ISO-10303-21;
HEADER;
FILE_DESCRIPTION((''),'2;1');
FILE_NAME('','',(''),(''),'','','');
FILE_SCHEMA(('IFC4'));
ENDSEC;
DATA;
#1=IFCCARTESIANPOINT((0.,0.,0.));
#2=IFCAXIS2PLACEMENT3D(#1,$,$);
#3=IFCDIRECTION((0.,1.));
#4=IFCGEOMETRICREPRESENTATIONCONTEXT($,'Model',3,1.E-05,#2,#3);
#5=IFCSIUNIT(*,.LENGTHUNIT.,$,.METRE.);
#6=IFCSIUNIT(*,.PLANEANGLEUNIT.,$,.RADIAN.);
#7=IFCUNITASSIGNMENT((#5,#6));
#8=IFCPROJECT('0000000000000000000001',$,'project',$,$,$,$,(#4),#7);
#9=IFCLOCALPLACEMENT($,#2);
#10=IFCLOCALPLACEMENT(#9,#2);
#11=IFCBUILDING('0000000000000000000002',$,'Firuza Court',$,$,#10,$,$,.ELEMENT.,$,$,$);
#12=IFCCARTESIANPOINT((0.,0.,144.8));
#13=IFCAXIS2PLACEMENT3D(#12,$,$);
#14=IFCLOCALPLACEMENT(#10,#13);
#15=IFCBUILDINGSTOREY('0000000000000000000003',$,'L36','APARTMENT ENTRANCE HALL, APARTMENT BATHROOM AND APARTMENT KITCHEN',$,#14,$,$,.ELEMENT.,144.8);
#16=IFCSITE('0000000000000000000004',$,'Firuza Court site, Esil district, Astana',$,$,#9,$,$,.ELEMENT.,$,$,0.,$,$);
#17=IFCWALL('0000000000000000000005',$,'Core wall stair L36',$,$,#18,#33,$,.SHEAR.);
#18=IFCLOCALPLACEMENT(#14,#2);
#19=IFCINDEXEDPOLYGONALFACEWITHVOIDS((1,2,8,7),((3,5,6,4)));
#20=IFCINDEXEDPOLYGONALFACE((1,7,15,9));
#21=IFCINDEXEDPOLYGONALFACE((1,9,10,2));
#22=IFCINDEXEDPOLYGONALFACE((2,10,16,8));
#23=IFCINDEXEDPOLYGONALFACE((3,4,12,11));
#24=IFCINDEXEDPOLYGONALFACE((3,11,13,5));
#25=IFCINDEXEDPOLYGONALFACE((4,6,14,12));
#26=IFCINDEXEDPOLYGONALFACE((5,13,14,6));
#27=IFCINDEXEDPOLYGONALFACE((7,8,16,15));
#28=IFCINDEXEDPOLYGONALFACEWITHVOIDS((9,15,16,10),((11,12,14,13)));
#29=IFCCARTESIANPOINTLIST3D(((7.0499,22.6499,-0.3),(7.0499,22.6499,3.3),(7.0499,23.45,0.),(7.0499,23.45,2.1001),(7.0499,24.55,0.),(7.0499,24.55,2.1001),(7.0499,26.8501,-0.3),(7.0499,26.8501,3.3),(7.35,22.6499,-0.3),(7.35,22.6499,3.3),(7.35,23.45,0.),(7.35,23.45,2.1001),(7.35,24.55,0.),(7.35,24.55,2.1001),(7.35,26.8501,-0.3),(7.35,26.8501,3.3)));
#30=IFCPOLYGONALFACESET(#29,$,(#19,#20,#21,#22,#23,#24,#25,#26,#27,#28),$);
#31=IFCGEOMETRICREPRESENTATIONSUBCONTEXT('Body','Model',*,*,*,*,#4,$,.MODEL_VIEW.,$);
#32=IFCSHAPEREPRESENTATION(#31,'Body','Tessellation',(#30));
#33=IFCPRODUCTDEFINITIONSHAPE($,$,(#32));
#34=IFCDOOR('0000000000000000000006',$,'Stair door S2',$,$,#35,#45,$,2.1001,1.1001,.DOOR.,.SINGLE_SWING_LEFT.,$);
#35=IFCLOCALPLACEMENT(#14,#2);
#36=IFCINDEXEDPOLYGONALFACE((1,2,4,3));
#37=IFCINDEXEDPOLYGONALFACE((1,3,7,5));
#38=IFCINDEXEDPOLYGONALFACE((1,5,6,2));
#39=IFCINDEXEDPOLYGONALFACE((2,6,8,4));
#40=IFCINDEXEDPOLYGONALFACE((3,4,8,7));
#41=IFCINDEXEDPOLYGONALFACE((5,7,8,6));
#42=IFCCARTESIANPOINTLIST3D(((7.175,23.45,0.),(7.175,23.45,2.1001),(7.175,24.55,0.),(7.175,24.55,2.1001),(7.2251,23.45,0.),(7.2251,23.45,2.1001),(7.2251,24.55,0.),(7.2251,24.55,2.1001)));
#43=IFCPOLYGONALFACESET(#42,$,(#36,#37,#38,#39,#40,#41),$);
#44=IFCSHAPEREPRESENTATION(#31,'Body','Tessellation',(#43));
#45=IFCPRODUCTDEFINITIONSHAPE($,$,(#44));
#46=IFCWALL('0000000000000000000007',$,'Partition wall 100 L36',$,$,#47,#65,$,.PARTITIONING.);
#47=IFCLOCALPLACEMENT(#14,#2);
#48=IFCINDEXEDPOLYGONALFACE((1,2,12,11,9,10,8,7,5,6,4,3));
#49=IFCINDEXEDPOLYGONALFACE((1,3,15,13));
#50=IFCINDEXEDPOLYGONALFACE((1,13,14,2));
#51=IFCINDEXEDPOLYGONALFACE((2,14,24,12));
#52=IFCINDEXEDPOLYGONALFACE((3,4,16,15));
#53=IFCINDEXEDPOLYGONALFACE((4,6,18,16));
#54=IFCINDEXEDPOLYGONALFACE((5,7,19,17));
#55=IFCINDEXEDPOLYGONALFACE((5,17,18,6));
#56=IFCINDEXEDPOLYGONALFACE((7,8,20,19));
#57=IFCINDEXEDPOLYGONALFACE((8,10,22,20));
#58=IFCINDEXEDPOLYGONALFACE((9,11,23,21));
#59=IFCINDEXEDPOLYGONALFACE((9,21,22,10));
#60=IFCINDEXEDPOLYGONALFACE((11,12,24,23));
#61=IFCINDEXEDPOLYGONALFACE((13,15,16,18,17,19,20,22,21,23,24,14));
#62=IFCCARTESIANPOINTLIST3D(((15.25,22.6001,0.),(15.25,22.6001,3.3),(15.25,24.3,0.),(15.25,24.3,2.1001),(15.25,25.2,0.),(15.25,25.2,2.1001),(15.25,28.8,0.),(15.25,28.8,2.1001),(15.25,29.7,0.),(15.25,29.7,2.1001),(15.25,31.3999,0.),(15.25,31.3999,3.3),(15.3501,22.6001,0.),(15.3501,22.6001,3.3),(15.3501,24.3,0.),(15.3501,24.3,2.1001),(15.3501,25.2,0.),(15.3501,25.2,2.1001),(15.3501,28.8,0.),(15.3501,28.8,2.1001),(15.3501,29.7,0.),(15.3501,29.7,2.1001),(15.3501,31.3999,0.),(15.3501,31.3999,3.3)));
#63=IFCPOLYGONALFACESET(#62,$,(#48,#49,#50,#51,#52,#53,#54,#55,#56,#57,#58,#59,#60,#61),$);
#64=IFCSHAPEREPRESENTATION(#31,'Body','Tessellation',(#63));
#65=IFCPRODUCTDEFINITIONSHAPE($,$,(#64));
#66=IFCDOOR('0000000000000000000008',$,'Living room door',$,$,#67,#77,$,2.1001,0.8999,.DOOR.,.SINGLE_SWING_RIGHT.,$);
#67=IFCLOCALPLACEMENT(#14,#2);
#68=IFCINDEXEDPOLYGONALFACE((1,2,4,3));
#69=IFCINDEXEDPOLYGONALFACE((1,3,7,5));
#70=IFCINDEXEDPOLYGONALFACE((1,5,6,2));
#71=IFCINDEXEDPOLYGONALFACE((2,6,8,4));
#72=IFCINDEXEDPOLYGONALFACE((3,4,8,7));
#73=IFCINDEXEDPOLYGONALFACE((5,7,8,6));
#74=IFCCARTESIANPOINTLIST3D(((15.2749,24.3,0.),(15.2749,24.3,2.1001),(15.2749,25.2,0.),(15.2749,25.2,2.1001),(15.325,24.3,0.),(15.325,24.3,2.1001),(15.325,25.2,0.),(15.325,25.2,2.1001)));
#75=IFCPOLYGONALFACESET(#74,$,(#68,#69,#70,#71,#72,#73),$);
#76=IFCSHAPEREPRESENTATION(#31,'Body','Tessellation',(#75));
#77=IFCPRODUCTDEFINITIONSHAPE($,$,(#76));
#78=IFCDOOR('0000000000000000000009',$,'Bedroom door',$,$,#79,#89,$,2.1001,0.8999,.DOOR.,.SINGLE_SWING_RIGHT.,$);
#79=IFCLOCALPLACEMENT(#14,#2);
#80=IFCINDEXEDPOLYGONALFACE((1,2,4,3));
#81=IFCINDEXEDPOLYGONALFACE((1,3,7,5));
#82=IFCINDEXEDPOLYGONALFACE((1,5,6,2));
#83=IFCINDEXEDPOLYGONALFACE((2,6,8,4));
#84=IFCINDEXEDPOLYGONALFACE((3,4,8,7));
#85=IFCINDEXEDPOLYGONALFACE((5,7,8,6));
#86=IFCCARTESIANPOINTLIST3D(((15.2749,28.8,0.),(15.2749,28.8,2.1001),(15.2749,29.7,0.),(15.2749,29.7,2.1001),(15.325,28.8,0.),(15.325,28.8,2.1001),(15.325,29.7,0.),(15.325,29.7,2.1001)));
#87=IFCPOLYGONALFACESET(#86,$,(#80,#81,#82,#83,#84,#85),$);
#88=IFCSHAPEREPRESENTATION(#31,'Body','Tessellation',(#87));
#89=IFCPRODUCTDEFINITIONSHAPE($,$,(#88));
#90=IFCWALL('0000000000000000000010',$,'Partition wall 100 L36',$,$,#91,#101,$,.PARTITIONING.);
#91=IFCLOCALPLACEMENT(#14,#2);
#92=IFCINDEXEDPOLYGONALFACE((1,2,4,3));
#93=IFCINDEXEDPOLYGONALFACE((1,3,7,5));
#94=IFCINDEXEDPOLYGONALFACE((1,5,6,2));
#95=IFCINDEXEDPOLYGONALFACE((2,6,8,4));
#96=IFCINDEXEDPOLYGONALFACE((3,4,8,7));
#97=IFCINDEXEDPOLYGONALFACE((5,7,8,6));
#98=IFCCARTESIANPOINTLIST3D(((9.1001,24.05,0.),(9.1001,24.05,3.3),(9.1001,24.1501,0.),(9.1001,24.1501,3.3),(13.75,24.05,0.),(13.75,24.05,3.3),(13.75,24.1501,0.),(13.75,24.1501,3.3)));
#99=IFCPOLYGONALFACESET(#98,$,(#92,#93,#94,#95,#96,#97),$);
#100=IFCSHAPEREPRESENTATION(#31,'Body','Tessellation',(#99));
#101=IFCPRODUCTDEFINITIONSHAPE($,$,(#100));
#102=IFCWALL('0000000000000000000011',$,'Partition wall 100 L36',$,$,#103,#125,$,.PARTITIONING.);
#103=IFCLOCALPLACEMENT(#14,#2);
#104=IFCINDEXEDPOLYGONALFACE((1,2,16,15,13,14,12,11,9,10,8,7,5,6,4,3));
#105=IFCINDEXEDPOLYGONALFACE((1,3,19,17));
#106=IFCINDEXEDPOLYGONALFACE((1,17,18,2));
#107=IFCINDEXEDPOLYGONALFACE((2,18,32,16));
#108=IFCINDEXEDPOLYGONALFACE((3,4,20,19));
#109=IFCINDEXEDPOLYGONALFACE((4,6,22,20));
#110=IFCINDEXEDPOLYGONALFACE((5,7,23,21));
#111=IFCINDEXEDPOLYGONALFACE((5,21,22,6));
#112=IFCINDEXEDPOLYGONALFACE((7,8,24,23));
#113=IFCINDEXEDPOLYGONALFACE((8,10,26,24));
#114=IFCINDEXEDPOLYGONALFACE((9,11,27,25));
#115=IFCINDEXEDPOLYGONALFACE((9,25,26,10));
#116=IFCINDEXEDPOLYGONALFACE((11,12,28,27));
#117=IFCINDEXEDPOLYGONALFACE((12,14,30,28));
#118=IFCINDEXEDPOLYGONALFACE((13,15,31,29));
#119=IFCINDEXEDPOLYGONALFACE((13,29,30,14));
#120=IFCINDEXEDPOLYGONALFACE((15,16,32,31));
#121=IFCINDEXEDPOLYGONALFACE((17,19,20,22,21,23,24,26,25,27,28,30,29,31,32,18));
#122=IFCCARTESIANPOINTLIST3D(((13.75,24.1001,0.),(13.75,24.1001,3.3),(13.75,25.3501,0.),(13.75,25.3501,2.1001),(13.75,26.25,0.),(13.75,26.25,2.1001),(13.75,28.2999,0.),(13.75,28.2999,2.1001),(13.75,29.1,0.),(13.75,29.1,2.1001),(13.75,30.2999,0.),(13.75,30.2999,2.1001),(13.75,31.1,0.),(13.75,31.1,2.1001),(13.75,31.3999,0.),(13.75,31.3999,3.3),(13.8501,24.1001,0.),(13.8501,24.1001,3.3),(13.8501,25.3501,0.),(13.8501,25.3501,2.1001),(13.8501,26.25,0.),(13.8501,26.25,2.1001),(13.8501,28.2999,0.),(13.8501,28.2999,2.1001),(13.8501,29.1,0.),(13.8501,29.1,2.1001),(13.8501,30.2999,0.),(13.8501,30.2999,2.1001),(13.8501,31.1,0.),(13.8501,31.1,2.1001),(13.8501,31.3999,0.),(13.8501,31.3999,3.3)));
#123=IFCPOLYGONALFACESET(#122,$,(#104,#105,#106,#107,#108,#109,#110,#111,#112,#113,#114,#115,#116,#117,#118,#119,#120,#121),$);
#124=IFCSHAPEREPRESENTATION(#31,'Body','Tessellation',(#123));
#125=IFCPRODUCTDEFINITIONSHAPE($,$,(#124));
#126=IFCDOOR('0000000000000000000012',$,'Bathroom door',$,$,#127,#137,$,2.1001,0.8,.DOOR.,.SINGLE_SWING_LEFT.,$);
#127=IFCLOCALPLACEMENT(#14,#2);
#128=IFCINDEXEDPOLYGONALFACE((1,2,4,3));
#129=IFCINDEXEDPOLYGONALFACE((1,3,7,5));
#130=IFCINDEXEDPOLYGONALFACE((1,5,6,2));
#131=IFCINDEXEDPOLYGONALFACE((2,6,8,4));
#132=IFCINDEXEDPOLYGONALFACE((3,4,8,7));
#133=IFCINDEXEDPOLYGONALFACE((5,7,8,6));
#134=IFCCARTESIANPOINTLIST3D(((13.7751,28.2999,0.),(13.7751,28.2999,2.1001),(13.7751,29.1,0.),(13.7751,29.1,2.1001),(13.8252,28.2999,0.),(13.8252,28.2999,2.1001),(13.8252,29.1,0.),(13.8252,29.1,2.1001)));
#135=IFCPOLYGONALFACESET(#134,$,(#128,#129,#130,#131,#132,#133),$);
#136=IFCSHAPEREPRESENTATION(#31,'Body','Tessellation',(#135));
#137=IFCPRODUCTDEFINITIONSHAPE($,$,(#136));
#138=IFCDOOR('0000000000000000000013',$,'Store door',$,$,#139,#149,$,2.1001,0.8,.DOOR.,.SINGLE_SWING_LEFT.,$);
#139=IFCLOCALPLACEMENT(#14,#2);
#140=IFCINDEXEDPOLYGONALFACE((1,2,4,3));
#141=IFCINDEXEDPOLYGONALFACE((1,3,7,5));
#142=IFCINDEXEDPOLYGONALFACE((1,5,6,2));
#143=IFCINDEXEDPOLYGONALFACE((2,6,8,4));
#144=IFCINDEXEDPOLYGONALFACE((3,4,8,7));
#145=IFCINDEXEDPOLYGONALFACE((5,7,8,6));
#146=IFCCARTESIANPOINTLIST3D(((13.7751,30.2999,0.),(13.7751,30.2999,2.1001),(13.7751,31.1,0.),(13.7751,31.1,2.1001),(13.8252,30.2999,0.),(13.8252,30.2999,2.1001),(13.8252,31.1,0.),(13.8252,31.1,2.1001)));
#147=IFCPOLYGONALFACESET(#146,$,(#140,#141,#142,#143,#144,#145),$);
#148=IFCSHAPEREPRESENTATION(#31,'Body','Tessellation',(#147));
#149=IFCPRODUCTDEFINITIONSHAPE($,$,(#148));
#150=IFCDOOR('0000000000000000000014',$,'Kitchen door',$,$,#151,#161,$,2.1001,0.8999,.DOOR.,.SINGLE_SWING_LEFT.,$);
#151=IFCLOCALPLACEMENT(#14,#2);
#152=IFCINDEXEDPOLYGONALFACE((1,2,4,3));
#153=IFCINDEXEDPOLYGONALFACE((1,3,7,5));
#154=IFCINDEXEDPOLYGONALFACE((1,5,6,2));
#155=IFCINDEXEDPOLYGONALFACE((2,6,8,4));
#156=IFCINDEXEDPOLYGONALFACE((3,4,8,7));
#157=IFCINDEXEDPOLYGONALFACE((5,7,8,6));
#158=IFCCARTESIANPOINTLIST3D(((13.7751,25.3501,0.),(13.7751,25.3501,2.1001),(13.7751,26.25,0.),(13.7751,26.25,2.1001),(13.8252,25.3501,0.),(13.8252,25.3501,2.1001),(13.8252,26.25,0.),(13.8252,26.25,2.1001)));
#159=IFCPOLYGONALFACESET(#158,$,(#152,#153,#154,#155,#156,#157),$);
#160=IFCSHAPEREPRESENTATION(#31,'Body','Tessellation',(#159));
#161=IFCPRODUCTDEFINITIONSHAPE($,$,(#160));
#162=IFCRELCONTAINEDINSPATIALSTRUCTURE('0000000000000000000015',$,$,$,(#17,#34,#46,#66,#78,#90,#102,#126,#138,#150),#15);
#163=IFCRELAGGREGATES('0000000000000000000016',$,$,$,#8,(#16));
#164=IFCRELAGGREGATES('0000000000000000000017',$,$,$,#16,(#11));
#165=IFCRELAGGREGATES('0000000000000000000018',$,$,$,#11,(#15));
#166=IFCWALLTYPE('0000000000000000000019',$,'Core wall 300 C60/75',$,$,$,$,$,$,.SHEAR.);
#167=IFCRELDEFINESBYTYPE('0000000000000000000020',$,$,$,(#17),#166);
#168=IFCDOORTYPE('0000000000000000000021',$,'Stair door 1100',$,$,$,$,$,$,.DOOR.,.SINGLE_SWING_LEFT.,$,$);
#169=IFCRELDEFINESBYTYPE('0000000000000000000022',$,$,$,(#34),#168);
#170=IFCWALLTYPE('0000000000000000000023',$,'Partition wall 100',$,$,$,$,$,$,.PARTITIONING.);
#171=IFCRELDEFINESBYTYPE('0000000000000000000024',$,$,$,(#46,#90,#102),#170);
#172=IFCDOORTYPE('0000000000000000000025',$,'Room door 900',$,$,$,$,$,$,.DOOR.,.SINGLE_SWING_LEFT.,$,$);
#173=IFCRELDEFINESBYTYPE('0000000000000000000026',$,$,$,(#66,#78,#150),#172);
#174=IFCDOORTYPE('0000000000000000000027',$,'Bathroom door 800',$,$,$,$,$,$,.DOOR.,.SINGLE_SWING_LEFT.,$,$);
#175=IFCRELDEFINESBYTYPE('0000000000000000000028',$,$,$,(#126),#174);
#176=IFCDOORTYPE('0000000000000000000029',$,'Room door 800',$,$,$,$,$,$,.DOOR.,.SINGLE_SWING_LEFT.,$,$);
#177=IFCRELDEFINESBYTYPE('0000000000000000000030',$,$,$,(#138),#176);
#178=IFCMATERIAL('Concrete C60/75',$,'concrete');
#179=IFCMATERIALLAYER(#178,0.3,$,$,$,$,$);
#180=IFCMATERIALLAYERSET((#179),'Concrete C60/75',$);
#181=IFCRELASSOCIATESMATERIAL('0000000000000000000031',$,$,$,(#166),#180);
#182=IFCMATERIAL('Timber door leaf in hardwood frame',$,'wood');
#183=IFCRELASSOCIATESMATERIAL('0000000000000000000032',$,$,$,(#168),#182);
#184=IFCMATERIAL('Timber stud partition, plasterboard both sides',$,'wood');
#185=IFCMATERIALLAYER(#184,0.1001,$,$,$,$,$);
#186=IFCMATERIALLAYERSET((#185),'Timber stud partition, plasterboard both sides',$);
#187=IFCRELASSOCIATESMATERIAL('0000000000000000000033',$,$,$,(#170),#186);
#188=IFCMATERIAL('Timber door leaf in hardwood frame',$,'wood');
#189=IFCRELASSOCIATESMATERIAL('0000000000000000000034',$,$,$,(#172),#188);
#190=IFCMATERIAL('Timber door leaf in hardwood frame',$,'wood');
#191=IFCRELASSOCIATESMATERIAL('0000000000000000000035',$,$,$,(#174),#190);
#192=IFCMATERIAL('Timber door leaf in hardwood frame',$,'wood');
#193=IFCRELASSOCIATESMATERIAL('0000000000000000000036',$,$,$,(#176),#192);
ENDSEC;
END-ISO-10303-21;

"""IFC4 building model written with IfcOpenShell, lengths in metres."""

from ifc_helpers import new_model, si_unit, direction, frame, frame_2d, origin, place, context, subcontext, project, spatial, rectangle, extrude, material, layer, layer_set, type_object, element, fill, save


model = new_model("IFC4")

# Units and contexts
model_context = context("Model", 3, precision=1e-05, world=origin(), true_north=direction((0.0, 1.0)))
body_context = subcontext(model_context, "Body", "Model", "MODEL_VIEW")
ifc_project = project(units=[si_unit("LENGTHUNIT", "METRE"), si_unit("PLANEANGLEUNIT", "RADIAN")], contexts=[model_context])

# Site, building, storey
site_placement = place(None, origin())
site = spatial("IfcSite", under=ifc_project, at=site_placement, Name="Firuza Court site, Esil district, Astana", CompositionType="ELEMENT", RefElevation=0.0)
building_placement = place(site_placement, origin())
building = spatial("IfcBuilding", under=site, at=building_placement, Name="Firuza Court", CompositionType="ELEMENT")
storey_placement = place(building_placement, frame((0.0, 0.0, 144.8)))
storey = spatial("IfcBuildingStorey", under=building, at=storey_placement, Name="L36", Description="APARTMENT ENTRANCE HALL, APARTMENT BATHROOM AND APARTMENT KITCHEN", CompositionType="ELEMENT", Elevation=144.8)

# Wall, opening, door
ifc_material_1 = material(Name="Concrete C60/75", Category="concrete")
ifc_layer_1 = layer(ifc_material_1, 0.3)
ifc_layer_set_1 = layer_set([ifc_layer_1], Name="Concrete C60/75")
wall_type_1 = type_object("IfcWallType", Name="Core wall 300 C60/75", PredefinedType="SHEAR", material=ifc_layer_set_1)
wall_1_placement = place(storey_placement, frame((7.2, 22.6499, -0.3), z_axis=(0.0, 0.0, 1.0), x_axis=(0.0, 1.0, 0.0)))
wall_1 = element("IfcWall", 1, at=wall_1_placement, inside=storey, type_object=wall_type_1, Name="Core wall stair L36", PredefinedType="SHEAR", context=body_context, shape_type="SweptSolid", body=[
    extrude(rectangle(XDim=4.2002, YDim=0.3, at=frame_2d((2.1001, 0.0))), origin(), (0.0, 0.0, 1.0), 3.6001),
])
opening_1_placement = place(wall_1_placement, frame((0.8, 0.0, 0.3)))
opening_1 = element("IfcOpeningElement", 2, at=opening_1_placement, cuts=wall_1, PredefinedType="OPENING", context=body_context, shape_type="SweptSolid", body=[
    extrude(rectangle(XDim=1.1001, YDim=2.1001, at=frame_2d((0.55, 1.05))), frame((0.0, 0.1621, 0.0), z_axis=(0.0, -1.0, 0.0), x_axis=(1.0, 0.0, 0.0)), (0.0, 0.0, 1.0), 0.324),
])
ifc_material_2 = material(Name="Timber door leaf in hardwood frame", Category="wood")
door_type_1 = type_object("IfcDoorType", Name="Stair door 1100", OperationType="SINGLE_SWING_LEFT", PredefinedType="DOOR", material=ifc_material_2)
door_1_placement = place(opening_1_placement, origin())
door_1 = element("IfcDoor", 3, at=door_1_placement, inside=storey, type_object=door_type_1, Name="Stair door S2", OperationType="SINGLE_SWING_LEFT", OverallHeight=2.1001, OverallWidth=1.1001, PredefinedType="DOOR", context=body_context, shape_type="SweptSolid", body=[
    extrude(rectangle(XDim=1.1001, YDim=2.1001, at=frame_2d((0.55, 1.05))), frame((0.0, 0.0249, 0.0), z_axis=(0.0, -1.0, 0.0), x_axis=(1.0, 0.0, 0.0)), (0.0, 0.0, 1.0), 0.05),
])
fill(opening_1, door_1)

# Wall, openings, doors
ifc_material_3 = material(Name="Timber stud partition, plasterboard both sides", Category="wood")
ifc_layer_2 = layer(ifc_material_3, 0.1001)
ifc_layer_set_2 = layer_set([ifc_layer_2], Name="Timber stud partition, plasterboard both sides")
wall_type_2 = type_object("IfcWallType", Name="Partition wall 100", PredefinedType="PARTITIONING", material=ifc_layer_set_2)
wall_2_placement = place(storey_placement, frame((15.3, 22.6001, 0.0), z_axis=(0.0, 0.0, 1.0), x_axis=(0.0, 1.0, 0.0)))
wall_2 = element("IfcWall", 4, at=wall_2_placement, inside=storey, type_object=wall_type_2, Name="Partition wall 100 L36", PredefinedType="PARTITIONING", context=body_context, shape_type="SweptSolid", body=[
    extrude(rectangle(XDim=8.7998, YDim=0.1001, at=frame_2d((4.3999, 0.0))), origin(), (0.0, 0.0, 1.0), 3.3),
])
opening_2_placement = place(wall_2_placement, frame((1.7, 0.0, 0.0)))
opening_2 = element("IfcOpeningElement", 5, at=opening_2_placement, cuts=wall_2, PredefinedType="OPENING", context=body_context, shape_type="SweptSolid", body=[
    extrude(rectangle(XDim=0.8999, YDim=2.1001, at=frame_2d((0.45, 1.05))), frame((0.0, 0.062, 0.0), z_axis=(0.0, -1.0, 0.0), x_axis=(1.0, 0.0, 0.0)), (0.0, 0.0, 1.0), 0.124),
])
opening_3_placement = place(wall_2_placement, frame((6.2, 0.0, 0.0)))
opening_3 = element("IfcOpeningElement", 6, at=opening_3_placement, cuts=wall_2, PredefinedType="OPENING", context=body_context, shape_type="SweptSolid", body=[
    extrude(rectangle(XDim=0.8999, YDim=2.1001, at=frame_2d((0.45, 1.05))), frame((0.0, 0.062, 0.0), z_axis=(0.0, -1.0, 0.0), x_axis=(1.0, 0.0, 0.0)), (0.0, 0.0, 1.0), 0.124),
])
ifc_material_4 = material(Name="Timber door leaf in hardwood frame", Category="wood")
door_type_2 = type_object("IfcDoorType", Name="Room door 900", OperationType="SINGLE_SWING_LEFT", PredefinedType="DOOR", material=ifc_material_4)
door_2_placement = place(opening_2_placement, frame((0.8999, 0.0, 0.0), z_axis=(0.0, 0.0, 1.0), x_axis=(-1.0, 0.0, 0.0)))
door_2 = element("IfcDoor", 7, at=door_2_placement, inside=storey, type_object=door_type_2, Name="Living room door", OperationType="SINGLE_SWING_RIGHT", OverallHeight=2.1001, OverallWidth=0.8999, PredefinedType="DOOR", context=body_context, shape_type="SweptSolid", body=[
    extrude(rectangle(XDim=0.8999, YDim=2.1001, at=frame_2d((0.45, 1.05))), frame((0.0, 0.0249, 0.0), z_axis=(0.0, -1.0, 0.0), x_axis=(1.0, 0.0, 0.0)), (0.0, 0.0, 1.0), 0.05),
])
fill(opening_2, door_2)
door_3_placement = place(opening_3_placement, frame((0.8999, 0.0, 0.0), z_axis=(0.0, 0.0, 1.0), x_axis=(-1.0, 0.0, 0.0)))
door_3 = element("IfcDoor", 8, at=door_3_placement, inside=storey, type_object=door_type_2, Name="Bedroom door", OperationType="SINGLE_SWING_RIGHT", OverallHeight=2.1001, OverallWidth=0.8999, PredefinedType="DOOR", context=body_context, shape_type="SweptSolid", body=[
    extrude(rectangle(XDim=0.8999, YDim=2.1001, at=frame_2d((0.45, 1.05))), frame((0.0, 0.0249, 0.0), z_axis=(0.0, -1.0, 0.0), x_axis=(1.0, 0.0, 0.0)), (0.0, 0.0, 1.0), 0.05),
])
fill(opening_3, door_3)

# Wall
wall_3_placement = place(storey_placement, frame((9.1001, 24.1001, 0.0), z_axis=(0.0, 0.0, 1.0), x_axis=(1.0, 0.0, 0.0)))
element("IfcWall", 9, at=wall_3_placement, inside=storey, type_object=wall_type_2, Name="Partition wall 100 L36", PredefinedType="PARTITIONING", context=body_context, shape_type="SweptSolid", body=[
    extrude(rectangle(XDim=4.6499, YDim=0.1001, at=frame_2d((2.325, 0.0))), origin(), (0.0, 0.0, 1.0), 3.3),
])

# Wall, openings, doors
wall_4_placement = place(storey_placement, frame((13.8, 24.1001, 0.0), z_axis=(0.0, 0.0, 1.0), x_axis=(0.0, 1.0, 0.0)))
wall_4 = element("IfcWall", 10, at=wall_4_placement, inside=storey, type_object=wall_type_2, Name="Partition wall 100 L36", PredefinedType="PARTITIONING", context=body_context, shape_type="SweptSolid", body=[
    extrude(rectangle(XDim=7.2998, YDim=0.1001, at=frame_2d((3.6499, 0.0))), origin(), (0.0, 0.0, 1.0), 3.3),
])
opening_4_placement = place(wall_4_placement, frame((4.2, 0.0, 0.0)))
opening_4 = element("IfcOpeningElement", 11, at=opening_4_placement, cuts=wall_4, PredefinedType="OPENING", context=body_context, shape_type="SweptSolid", body=[
    extrude(rectangle(XDim=0.8, YDim=2.1001, at=frame_2d((0.3999, 1.05))), frame((0.0, 0.062, 0.0), z_axis=(0.0, -1.0, 0.0), x_axis=(1.0, 0.0, 0.0)), (0.0, 0.0, 1.0), 0.124),
])
opening_5_placement = place(wall_4_placement, frame((1.25, 0.0, 0.0)))
opening_5 = element("IfcOpeningElement", 12, at=opening_5_placement, cuts=wall_4, PredefinedType="OPENING", context=body_context, shape_type="SweptSolid", body=[
    extrude(rectangle(XDim=0.8999, YDim=2.1001, at=frame_2d((0.45, 1.05))), frame((0.0, 0.062, 0.0), z_axis=(0.0, -1.0, 0.0), x_axis=(1.0, 0.0, 0.0)), (0.0, 0.0, 1.0), 0.124),
])
opening_6_placement = place(wall_4_placement, frame((6.2, 0.0, 0.0)))
opening_6 = element("IfcOpeningElement", 13, at=opening_6_placement, cuts=wall_4, PredefinedType="OPENING", context=body_context, shape_type="SweptSolid", body=[
    extrude(rectangle(XDim=0.8, YDim=2.1001, at=frame_2d((0.3999, 1.05))), frame((0.0, 0.062, 0.0), z_axis=(0.0, -1.0, 0.0), x_axis=(1.0, 0.0, 0.0)), (0.0, 0.0, 1.0), 0.124),
])
ifc_material_5 = material(Name="Timber door leaf in hardwood frame", Category="wood")
door_type_3 = type_object("IfcDoorType", Name="Bathroom door 800", OperationType="SINGLE_SWING_LEFT", PredefinedType="DOOR", material=ifc_material_5)
door_4_placement = place(opening_4_placement, origin())
door_4 = element("IfcDoor", 14, at=door_4_placement, inside=storey, type_object=door_type_3, Name="Bathroom door", OperationType="SINGLE_SWING_LEFT", OverallHeight=2.1001, OverallWidth=0.8, PredefinedType="DOOR", context=body_context, shape_type="SweptSolid", body=[
    extrude(rectangle(XDim=0.8, YDim=2.1001, at=frame_2d((0.3999, 1.05))), frame((0.0, 0.0249, 0.0), z_axis=(0.0, -1.0, 0.0), x_axis=(1.0, 0.0, 0.0)), (0.0, 0.0, 1.0), 0.05),
])
fill(opening_4, door_4)
ifc_material_6 = material(Name="Timber door leaf in hardwood frame", Category="wood")
door_type_4 = type_object("IfcDoorType", Name="Room door 800", OperationType="SINGLE_SWING_LEFT", PredefinedType="DOOR", material=ifc_material_6)
door_5_placement = place(opening_6_placement, origin())
door_5 = element("IfcDoor", 15, at=door_5_placement, inside=storey, type_object=door_type_4, Name="Store door", OperationType="SINGLE_SWING_LEFT", OverallHeight=2.1001, OverallWidth=0.8, PredefinedType="DOOR", context=body_context, shape_type="SweptSolid", body=[
    extrude(rectangle(XDim=0.8, YDim=2.1001, at=frame_2d((0.3999, 1.05))), frame((0.0, 0.0249, 0.0), z_axis=(0.0, -1.0, 0.0), x_axis=(1.0, 0.0, 0.0)), (0.0, 0.0, 1.0), 0.05),
])
fill(opening_6, door_5)
door_6_placement = place(opening_5_placement, origin())
door_6 = element("IfcDoor", 16, at=door_6_placement, inside=storey, type_object=door_type_2, Name="Kitchen door", OperationType="SINGLE_SWING_LEFT", OverallHeight=2.1001, OverallWidth=0.8999, PredefinedType="DOOR", context=body_context, shape_type="SweptSolid", body=[
    extrude(rectangle(XDim=0.8999, YDim=2.1001, at=frame_2d((0.45, 1.05))), frame((0.0, 0.0249, 0.0), z_axis=(0.0, -1.0, 0.0), x_axis=(1.0, 0.0, 0.0)), (0.0, 0.0, 1.0), 0.05),
])
fill(opening_5, door_6)

save(model, "model.ifc")
